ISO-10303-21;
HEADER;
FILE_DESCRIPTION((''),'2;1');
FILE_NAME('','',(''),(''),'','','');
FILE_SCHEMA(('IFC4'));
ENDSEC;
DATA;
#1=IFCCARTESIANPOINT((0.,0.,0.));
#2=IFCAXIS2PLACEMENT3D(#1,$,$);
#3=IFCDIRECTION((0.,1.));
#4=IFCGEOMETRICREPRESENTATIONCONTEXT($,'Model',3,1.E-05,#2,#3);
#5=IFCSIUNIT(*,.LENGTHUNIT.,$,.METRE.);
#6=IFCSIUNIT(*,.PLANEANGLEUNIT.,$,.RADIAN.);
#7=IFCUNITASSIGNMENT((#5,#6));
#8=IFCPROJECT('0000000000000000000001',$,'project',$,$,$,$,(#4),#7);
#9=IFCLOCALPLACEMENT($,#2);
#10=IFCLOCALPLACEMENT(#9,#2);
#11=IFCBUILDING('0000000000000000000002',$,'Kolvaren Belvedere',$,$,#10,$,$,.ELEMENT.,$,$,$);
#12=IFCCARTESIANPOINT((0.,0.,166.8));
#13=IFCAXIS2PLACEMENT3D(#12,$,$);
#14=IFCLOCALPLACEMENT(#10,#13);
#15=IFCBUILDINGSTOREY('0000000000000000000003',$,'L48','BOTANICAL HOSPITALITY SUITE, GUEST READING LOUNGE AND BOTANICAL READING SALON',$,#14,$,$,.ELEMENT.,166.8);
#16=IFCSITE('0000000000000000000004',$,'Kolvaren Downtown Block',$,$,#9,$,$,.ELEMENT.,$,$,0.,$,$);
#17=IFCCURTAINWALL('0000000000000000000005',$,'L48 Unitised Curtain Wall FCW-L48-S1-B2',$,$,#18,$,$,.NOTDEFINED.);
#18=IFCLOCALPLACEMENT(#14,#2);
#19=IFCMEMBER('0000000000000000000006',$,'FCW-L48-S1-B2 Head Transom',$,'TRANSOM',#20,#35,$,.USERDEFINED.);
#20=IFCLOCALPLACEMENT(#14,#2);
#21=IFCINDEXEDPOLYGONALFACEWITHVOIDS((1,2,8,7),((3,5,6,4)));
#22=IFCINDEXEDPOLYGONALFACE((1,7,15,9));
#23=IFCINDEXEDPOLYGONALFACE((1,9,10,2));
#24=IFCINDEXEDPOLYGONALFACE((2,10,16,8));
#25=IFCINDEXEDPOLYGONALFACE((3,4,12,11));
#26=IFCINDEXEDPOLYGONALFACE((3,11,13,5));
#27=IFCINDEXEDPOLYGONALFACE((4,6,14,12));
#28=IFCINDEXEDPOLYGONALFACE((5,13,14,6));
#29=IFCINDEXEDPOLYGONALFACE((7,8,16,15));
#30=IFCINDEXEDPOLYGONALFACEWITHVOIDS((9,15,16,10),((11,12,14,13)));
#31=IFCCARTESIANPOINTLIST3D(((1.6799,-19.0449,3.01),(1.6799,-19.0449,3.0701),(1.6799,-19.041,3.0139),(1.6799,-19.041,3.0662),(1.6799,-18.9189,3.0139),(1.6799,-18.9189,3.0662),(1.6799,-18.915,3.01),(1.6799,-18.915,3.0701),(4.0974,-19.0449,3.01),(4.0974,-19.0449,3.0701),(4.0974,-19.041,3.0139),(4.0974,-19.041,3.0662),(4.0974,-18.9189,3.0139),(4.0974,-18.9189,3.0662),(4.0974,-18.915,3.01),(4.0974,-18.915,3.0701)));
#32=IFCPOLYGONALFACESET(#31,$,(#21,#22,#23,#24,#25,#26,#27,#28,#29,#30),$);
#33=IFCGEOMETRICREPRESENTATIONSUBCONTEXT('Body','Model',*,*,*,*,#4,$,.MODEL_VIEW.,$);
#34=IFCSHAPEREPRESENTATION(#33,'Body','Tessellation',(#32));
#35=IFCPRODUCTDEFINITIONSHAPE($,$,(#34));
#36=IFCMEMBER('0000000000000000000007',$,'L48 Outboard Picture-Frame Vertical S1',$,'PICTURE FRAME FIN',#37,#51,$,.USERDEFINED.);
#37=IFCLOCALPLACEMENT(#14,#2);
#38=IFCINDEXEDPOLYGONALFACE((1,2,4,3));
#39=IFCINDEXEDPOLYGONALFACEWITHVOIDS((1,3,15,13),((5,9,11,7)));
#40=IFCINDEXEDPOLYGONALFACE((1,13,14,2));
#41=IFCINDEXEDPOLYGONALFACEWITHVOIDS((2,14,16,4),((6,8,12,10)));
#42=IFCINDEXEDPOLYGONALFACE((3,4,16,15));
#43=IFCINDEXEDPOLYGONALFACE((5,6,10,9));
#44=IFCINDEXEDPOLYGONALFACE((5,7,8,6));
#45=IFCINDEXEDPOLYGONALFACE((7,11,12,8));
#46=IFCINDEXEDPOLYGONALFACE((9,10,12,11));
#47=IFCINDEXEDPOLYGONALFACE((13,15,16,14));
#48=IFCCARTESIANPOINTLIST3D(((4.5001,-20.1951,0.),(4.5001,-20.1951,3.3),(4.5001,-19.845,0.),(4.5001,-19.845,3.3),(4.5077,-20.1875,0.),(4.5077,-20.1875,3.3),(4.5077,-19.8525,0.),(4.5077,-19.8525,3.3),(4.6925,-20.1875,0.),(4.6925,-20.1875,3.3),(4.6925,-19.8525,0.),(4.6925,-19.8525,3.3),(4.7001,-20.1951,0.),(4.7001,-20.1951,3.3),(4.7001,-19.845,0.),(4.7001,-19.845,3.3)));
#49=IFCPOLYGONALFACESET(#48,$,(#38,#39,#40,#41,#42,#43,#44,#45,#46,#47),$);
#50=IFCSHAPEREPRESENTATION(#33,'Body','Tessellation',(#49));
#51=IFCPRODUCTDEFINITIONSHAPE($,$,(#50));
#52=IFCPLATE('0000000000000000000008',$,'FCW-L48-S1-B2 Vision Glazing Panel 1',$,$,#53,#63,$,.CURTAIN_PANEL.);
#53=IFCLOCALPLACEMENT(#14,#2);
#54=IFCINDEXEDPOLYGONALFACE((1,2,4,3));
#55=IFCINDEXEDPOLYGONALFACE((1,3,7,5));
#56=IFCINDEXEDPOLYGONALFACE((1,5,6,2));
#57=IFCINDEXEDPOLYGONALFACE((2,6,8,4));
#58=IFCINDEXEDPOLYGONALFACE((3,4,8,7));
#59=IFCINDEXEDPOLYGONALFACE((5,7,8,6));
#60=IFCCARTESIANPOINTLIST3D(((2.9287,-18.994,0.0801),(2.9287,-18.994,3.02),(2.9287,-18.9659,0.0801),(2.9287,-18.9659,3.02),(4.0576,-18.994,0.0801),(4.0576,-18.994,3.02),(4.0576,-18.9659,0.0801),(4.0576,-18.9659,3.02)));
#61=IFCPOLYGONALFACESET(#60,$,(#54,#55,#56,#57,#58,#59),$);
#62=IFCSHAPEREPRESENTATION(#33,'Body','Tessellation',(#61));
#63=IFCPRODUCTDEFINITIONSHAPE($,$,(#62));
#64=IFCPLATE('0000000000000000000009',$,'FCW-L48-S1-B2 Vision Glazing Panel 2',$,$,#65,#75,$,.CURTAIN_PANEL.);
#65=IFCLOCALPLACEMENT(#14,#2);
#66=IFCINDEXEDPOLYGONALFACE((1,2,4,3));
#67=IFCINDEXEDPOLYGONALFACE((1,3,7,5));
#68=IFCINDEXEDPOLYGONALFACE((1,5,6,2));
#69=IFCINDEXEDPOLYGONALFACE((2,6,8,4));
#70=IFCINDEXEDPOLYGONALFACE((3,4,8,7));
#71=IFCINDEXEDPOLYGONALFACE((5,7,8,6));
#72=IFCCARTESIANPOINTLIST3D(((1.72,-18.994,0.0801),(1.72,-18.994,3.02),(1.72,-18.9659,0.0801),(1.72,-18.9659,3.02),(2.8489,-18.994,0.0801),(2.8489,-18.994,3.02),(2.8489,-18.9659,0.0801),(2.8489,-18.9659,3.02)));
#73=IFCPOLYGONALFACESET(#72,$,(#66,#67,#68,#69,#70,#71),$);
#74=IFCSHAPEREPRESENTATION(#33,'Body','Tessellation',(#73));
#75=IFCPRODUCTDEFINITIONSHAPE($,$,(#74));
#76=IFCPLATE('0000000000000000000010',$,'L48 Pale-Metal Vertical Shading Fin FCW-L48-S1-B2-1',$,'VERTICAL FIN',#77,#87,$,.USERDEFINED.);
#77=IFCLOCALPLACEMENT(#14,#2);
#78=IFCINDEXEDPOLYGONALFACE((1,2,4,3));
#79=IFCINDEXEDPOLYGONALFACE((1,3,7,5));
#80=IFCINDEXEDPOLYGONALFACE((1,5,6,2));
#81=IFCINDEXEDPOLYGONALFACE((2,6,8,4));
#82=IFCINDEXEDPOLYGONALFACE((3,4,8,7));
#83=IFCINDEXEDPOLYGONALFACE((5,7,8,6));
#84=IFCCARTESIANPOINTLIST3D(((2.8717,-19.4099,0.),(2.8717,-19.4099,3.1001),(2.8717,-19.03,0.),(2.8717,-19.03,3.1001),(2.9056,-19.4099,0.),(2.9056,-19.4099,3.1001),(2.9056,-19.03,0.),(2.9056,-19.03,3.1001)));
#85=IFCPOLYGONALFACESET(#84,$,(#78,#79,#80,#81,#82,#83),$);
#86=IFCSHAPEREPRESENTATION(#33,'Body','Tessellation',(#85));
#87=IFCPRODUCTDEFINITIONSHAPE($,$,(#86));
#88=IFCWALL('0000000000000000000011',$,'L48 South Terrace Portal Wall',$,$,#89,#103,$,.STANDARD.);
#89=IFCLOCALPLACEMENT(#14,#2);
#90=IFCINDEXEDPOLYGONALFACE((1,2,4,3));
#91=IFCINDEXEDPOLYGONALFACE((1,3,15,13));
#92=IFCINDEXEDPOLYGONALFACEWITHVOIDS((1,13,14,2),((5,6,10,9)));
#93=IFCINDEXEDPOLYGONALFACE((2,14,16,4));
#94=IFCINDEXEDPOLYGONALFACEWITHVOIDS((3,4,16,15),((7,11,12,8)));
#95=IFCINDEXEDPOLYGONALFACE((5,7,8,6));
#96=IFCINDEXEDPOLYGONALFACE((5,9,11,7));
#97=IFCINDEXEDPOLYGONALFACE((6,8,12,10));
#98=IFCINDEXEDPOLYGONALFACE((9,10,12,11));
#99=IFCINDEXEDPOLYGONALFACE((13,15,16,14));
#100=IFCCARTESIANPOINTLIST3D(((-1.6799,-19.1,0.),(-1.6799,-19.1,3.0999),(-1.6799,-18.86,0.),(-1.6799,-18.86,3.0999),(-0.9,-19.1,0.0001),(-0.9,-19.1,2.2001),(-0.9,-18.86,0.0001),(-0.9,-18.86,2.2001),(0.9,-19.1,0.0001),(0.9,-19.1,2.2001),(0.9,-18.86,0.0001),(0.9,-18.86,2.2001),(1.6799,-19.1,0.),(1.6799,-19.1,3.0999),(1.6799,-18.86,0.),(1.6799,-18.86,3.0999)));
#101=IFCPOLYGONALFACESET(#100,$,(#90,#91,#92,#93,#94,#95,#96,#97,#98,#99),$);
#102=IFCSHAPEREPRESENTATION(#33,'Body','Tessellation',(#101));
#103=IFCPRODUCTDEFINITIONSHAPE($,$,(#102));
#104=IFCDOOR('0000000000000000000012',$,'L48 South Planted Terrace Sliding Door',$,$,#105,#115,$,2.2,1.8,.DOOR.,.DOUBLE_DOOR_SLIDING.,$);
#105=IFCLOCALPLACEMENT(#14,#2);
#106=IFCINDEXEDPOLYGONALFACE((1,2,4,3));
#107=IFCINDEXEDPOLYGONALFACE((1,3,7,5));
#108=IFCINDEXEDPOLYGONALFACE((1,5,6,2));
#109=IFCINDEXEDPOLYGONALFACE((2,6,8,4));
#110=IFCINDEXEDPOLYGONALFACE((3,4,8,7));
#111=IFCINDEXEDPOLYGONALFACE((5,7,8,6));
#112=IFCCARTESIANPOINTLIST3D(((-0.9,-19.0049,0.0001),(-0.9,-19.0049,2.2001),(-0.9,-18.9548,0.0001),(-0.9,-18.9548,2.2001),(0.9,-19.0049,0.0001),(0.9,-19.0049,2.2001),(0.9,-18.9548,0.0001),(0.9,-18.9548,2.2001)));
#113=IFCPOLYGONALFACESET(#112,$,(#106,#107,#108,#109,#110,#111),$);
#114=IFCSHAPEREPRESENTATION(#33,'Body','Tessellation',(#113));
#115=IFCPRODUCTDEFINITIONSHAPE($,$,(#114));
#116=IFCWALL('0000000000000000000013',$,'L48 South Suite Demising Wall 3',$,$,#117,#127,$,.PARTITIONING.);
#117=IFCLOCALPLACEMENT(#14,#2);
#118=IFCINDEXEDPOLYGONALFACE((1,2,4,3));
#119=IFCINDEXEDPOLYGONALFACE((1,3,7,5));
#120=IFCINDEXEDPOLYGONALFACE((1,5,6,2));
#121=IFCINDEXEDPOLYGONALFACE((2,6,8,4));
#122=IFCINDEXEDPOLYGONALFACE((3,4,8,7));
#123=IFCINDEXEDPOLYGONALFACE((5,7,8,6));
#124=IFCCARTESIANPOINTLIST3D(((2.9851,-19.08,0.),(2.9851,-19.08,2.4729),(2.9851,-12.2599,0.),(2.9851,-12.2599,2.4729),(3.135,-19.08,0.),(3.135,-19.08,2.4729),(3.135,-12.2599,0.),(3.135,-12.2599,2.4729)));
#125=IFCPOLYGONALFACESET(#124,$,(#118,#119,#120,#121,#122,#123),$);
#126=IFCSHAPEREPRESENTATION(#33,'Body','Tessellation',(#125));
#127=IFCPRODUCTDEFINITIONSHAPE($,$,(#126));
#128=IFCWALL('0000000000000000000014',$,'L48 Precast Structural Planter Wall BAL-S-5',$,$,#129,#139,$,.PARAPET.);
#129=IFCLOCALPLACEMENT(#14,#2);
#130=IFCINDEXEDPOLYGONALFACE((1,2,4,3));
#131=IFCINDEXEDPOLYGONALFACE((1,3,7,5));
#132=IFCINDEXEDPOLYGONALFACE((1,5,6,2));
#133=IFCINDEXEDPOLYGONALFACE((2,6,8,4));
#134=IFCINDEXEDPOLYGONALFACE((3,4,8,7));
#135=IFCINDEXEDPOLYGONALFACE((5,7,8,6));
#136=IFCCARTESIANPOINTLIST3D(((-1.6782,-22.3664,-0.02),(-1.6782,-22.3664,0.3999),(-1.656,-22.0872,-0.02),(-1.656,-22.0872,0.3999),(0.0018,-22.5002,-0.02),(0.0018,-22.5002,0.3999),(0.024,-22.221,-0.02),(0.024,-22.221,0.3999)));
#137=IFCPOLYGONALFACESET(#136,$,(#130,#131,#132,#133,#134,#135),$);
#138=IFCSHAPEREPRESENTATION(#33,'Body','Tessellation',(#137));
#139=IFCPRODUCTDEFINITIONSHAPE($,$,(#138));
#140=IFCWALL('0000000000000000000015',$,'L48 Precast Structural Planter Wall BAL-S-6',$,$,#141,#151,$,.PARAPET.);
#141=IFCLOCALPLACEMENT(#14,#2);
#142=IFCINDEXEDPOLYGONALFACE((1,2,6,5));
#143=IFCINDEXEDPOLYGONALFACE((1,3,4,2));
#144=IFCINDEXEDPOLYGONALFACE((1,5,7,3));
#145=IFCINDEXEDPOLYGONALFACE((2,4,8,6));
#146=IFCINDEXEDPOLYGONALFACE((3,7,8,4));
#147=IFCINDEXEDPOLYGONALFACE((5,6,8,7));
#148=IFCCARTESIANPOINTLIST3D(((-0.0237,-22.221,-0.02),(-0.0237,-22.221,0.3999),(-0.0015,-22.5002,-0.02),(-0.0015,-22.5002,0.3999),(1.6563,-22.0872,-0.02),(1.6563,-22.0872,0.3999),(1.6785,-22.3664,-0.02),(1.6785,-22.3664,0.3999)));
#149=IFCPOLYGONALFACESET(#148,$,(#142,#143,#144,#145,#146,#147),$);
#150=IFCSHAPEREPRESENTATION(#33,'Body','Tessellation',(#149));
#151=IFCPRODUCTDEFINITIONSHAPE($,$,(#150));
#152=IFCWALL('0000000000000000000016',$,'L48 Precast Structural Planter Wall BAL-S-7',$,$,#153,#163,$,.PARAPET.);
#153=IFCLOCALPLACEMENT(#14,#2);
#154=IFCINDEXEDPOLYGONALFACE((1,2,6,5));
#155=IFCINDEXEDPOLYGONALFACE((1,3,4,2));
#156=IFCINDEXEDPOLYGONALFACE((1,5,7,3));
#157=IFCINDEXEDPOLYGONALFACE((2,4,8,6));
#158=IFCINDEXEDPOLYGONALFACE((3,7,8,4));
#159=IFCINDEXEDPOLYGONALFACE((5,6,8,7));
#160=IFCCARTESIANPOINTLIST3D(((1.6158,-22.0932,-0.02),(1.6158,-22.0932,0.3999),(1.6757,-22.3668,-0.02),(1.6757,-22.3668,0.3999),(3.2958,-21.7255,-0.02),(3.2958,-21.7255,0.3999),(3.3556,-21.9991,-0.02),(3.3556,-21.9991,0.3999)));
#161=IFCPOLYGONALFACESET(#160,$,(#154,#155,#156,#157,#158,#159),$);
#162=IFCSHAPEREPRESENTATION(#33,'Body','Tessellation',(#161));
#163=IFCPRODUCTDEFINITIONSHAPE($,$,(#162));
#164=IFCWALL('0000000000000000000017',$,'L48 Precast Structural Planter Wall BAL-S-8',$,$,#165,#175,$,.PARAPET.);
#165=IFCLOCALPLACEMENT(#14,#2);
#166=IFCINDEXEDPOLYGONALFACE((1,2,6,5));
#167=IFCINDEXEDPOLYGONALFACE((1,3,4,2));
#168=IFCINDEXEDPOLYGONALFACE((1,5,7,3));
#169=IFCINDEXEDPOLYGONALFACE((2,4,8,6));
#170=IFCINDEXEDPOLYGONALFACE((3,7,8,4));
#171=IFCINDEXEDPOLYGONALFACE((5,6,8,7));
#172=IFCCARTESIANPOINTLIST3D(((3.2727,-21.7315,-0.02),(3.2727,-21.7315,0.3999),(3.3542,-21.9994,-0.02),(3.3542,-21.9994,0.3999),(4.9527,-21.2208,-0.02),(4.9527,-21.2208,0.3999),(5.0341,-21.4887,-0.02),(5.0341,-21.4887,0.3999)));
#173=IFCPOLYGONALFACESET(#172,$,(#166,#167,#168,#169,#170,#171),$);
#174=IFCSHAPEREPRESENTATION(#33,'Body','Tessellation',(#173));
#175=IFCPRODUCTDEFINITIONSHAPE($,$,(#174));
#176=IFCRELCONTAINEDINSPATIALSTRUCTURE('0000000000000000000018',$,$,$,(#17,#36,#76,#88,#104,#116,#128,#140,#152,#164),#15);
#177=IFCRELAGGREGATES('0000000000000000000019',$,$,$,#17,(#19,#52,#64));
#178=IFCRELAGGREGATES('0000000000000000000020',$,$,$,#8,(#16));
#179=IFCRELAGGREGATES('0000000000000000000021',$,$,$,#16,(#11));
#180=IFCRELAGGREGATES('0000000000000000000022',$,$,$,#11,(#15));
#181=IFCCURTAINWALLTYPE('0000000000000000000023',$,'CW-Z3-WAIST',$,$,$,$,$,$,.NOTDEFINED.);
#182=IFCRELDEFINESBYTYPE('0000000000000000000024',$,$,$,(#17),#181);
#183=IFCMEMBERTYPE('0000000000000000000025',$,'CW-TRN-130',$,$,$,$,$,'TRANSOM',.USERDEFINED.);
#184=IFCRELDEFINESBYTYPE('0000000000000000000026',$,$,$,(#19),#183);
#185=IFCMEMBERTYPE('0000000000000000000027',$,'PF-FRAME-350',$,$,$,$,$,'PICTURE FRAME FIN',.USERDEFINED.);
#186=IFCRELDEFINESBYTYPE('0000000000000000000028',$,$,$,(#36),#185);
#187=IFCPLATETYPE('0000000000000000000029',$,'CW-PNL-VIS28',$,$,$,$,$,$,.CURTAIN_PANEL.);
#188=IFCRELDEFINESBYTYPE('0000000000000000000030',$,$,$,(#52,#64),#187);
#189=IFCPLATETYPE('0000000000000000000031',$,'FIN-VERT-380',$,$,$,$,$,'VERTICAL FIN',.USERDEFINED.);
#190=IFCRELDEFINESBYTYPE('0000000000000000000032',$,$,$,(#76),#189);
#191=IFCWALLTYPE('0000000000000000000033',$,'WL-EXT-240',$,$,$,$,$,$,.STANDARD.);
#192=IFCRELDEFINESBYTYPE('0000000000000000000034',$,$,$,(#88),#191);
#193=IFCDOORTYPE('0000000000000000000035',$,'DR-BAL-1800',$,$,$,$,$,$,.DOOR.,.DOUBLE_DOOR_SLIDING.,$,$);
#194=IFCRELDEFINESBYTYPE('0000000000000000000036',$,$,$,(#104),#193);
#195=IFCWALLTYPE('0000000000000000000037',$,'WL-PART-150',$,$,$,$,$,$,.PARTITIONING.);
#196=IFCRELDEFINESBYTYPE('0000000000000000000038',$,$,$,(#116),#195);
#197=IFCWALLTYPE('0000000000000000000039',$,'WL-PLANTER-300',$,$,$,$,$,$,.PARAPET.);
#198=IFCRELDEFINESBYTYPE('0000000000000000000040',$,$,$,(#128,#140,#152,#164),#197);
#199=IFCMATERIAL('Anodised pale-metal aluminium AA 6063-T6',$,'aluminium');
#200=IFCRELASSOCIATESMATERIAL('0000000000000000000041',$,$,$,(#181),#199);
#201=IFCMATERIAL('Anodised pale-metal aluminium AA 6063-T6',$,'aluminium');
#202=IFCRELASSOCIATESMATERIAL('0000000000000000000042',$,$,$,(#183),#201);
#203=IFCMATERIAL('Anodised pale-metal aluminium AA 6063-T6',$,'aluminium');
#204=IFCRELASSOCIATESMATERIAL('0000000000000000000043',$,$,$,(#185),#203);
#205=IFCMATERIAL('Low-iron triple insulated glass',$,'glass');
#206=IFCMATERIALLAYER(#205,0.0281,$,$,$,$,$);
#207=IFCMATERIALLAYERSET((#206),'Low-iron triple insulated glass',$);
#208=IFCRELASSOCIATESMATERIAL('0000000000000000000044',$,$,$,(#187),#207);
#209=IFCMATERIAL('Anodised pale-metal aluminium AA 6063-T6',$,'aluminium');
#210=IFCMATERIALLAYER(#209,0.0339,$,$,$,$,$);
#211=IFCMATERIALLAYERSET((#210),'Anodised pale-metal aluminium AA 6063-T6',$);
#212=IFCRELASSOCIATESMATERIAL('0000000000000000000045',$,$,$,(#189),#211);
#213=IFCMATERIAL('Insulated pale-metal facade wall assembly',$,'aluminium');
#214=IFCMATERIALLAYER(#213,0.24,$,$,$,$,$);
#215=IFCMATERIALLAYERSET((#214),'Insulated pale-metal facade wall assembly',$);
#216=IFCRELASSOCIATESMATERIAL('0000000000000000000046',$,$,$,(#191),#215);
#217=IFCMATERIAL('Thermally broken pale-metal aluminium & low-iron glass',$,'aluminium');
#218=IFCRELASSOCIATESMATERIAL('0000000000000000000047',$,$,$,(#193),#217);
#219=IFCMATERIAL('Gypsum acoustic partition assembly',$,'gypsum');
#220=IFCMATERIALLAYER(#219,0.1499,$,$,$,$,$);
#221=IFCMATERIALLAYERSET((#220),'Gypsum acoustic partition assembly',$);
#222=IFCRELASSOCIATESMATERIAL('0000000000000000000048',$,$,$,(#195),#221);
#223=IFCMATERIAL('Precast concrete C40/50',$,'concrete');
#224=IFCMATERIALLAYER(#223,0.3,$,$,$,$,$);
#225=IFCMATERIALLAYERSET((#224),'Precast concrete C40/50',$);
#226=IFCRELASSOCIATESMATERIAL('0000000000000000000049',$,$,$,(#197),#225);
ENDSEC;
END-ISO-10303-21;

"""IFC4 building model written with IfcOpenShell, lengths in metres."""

from ifc_helpers import new_model, si_unit, direction, frame, frame_2d, origin, origin_2d, place, context, subcontext, project, spatial, rectangle, hollow_rectangle, extrude, material, layer, layer_set, material_profile, profile_set, type_object, element, fill, aggregate, save


model = new_model("IFC4")

# Units and contexts
model_context = context("Model", 3, precision=1e-05, world=origin(), true_north=direction((0.0, 1.0)))
body_context = subcontext(model_context, "Body", "Model", "MODEL_VIEW")
ifc_project = project(units=[si_unit("LENGTHUNIT", "METRE"), si_unit("PLANEANGLEUNIT", "RADIAN")], contexts=[model_context])

# Site, building, storey
site_placement = place(None, origin())
site = spatial("IfcSite", under=ifc_project, at=site_placement, Name="Kolvaren Downtown Block", CompositionType="ELEMENT", RefElevation=0.0)
building_placement = place(site_placement, origin())
building = spatial("IfcBuilding", under=site, at=building_placement, Name="Kolvaren Belvedere", CompositionType="ELEMENT")
storey_placement = place(building_placement, frame((0.0, 0.0, 166.8)))
storey = spatial("IfcBuildingStorey", under=building, at=storey_placement, Name="L48", Description="BOTANICAL HOSPITALITY SUITE, GUEST READING LOUNGE AND BOTANICAL READING SALON", CompositionType="ELEMENT", Elevation=166.8)

# Curtain wall, member
ifc_material_1 = material(Name="Anodised pale-metal aluminium AA 6063-T6", Category="aluminium")
curtain_wall_type = type_object("IfcCurtainWallType", Name="CW-Z3-WAIST", PredefinedType="NOTDEFINED", material=ifc_material_1)
curtain_wall_placement = place(storey_placement, origin())
curtain_wall = element("IfcCurtainWall", 1, at=curtain_wall_placement, inside=storey, type_object=curtain_wall_type, Name="L48 Unitised Curtain Wall FCW-L48-S1-B2", PredefinedType="NOTDEFINED")
ifc_material_2 = material(Name="Anodised pale-metal aluminium AA 6063-T6", Category="aluminium")
ifc_material_profile_1 = material_profile(ifc_material_2, hollow_rectangle(XDim=0.0601, YDim=0.1299, WallThickness=0.0039, at=origin_2d()), Name="ALU-TRN-130X60")
ifc_profile_set_1 = profile_set([ifc_material_profile_1], Name="Anodised pale-metal aluminium AA 6063-T6")
member_type_1 = type_object("IfcMemberType", Name="CW-TRN-130", ElementType="TRANSOM", PredefinedType="USERDEFINED", material=ifc_profile_set_1)
member_1_placement = place(storey_placement, frame((4.0974, -18.98, 3.04), z_axis=(-1.0, 0.0, 0.0), x_axis=(0.0, 0.0, 1.0)))
member_1 = element("IfcMember", 2, at=member_1_placement, type_object=member_type_1, Name="FCW-L48-S1-B2 Head Transom", ObjectType="TRANSOM", PredefinedType="USERDEFINED", context=body_context, shape_type="SweptSolid", body=[
    extrude(hollow_rectangle(XDim=0.0601, YDim=0.1299, WallThickness=0.0039, at=origin_2d()), origin(), (0.0, 0.0, 1.0), 2.4175),
])

# Member
ifc_material_3 = material(Name="Anodised pale-metal aluminium AA 6063-T6", Category="aluminium")
ifc_material_profile_2 = material_profile(ifc_material_3, hollow_rectangle(XDim=0.2, YDim=0.3501, WallThickness=0.0076, at=origin_2d()), Name="ALU-PF-350X200")
ifc_profile_set_2 = profile_set([ifc_material_profile_2], Name="Anodised pale-metal aluminium AA 6063-T6")
member_type_2 = type_object("IfcMemberType", Name="PF-FRAME-350", ElementType="PICTURE FRAME FIN", PredefinedType="USERDEFINED", material=ifc_profile_set_2)
member_2_placement = place(storey_placement, frame((4.6001, -20.02, 0.0), z_axis=(0.0, 0.0, 1.0), x_axis=(1.0, 0.0, 0.0)))
element("IfcMember", 3, at=member_2_placement, inside=storey, type_object=member_type_2, Name="L48 Outboard Picture-Frame Vertical S1", ObjectType="PICTURE FRAME FIN", PredefinedType="USERDEFINED", context=body_context, shape_type="SweptSolid", body=[
    extrude(hollow_rectangle(XDim=0.2, YDim=0.3501, WallThickness=0.0076, at=origin_2d()), origin(), (0.0, 0.0, 1.0), 3.3),
])

# Plates
ifc_material_4 = material(Name="Low-iron triple insulated glass", Category="glass")
ifc_layer_1 = layer(ifc_material_4, 0.0281)
ifc_layer_set_1 = layer_set([ifc_layer_1], Name="Low-iron triple insulated glass")
plate_type_1 = type_object("IfcPlateType", Name="CW-PNL-VIS28", PredefinedType="CURTAIN_PANEL", material=ifc_layer_set_1)
plate_1_placement = place(storey_placement, frame((3.4932, -18.98, 0.0801), z_axis=(0.0, 0.0, 1.0), x_axis=(-1.0, 0.0, 0.0)))
plate_1 = element("IfcPlate", 4, at=plate_1_placement, type_object=plate_type_1, Name="FCW-L48-S1-B2 Vision Glazing Panel 1", PredefinedType="CURTAIN_PANEL", context=body_context, shape_type="SweptSolid", body=[
    extrude(rectangle(XDim=1.1289, YDim=0.0281, at=origin_2d()), origin(), (0.0, 0.0, 1.0), 2.9399),
])
plate_2_placement = place(storey_placement, frame((2.2844, -18.98, 0.0801), z_axis=(0.0, 0.0, 1.0), x_axis=(-1.0, 0.0, 0.0)))
plate_2 = element("IfcPlate", 5, at=plate_2_placement, type_object=plate_type_1, Name="FCW-L48-S1-B2 Vision Glazing Panel 2", PredefinedType="CURTAIN_PANEL", context=body_context, shape_type="SweptSolid", body=[
    extrude(rectangle(XDim=1.1289, YDim=0.0281, at=origin_2d()), origin(), (0.0, 0.0, 1.0), 2.9399),
])
aggregate(curtain_wall, [member_1, plate_1, plate_2])
ifc_material_5 = material(Name="Anodised pale-metal aluminium AA 6063-T6", Category="aluminium")
ifc_layer_2 = layer(ifc_material_5, 0.0339)
ifc_layer_set_2 = layer_set([ifc_layer_2], Name="Anodised pale-metal aluminium AA 6063-T6")
plate_type_2 = type_object("IfcPlateType", Name="FIN-VERT-380", ElementType="VERTICAL FIN", PredefinedType="USERDEFINED", material=ifc_layer_set_2)
plate_3_placement = place(storey_placement, frame((2.8887, -19.22, 0.0), z_axis=(0.0, 0.0, 1.0), x_axis=(0.0, 1.0, 0.0)))
element("IfcPlate", 6, at=plate_3_placement, inside=storey, type_object=plate_type_2, Name="L48 Pale-Metal Vertical Shading Fin FCW-L48-S1-B2-1", ObjectType="VERTICAL FIN", PredefinedType="USERDEFINED", context=body_context, shape_type="SweptSolid", body=[
    extrude(rectangle(XDim=0.3799, YDim=0.0339, at=origin_2d()), origin(), (0.0, 0.0, 1.0), 3.1001),
])

# Wall, opening, door
ifc_material_6 = material(Name="Insulated pale-metal facade wall assembly", Category="aluminium")
ifc_layer_3 = layer(ifc_material_6, 0.24)
ifc_layer_set_3 = layer_set([ifc_layer_3], Name="Insulated pale-metal facade wall assembly")
wall_type_1 = type_object("IfcWallType", Name="WL-EXT-240", PredefinedType="STANDARD", material=ifc_layer_set_3)
wall_1_placement = place(storey_placement, frame((1.6799, -18.98, 0.0), z_axis=(0.0, 0.0, 1.0), x_axis=(-1.0, 0.0, 0.0)))
wall_1 = element("IfcWall", 7, at=wall_1_placement, inside=storey, type_object=wall_type_1, Name="L48 South Terrace Portal Wall", PredefinedType="STANDARD", context=body_context, shape_type="SweptSolid", body=[
    extrude(rectangle(XDim=3.3599, YDim=0.24, at=frame_2d((1.6799, 0.0))), origin(), (0.0, 0.0, 1.0), 3.0999),
])
opening_placement = place(wall_1_placement, frame((0.78, 0.0, 0.0)))
opening = element("IfcOpeningElement", 8, at=opening_placement, cuts=wall_1, PredefinedType="OPENING", context=body_context, shape_type="SweptSolid", body=[
    extrude(rectangle(XDim=1.8, YDim=2.2, at=frame_2d((0.8999, 1.1001))), frame((0.0, 0.1299, 0.0), z_axis=(0.0, -1.0, 0.0), x_axis=(1.0, 0.0, 0.0)), (0.0, 0.0, 1.0), 0.26),
])
ifc_material_7 = material(Name="Thermally broken pale-metal aluminium & low-iron glass", Category="aluminium")
door_type = type_object("IfcDoorType", Name="DR-BAL-1800", OperationType="DOUBLE_DOOR_SLIDING", PredefinedType="DOOR", material=ifc_material_7)
door_placement = place(opening_placement, origin())
door = element("IfcDoor", 9, at=door_placement, inside=storey, type_object=door_type, Name="L48 South Planted Terrace Sliding Door", OperationType="DOUBLE_DOOR_SLIDING", OverallHeight=2.2, OverallWidth=1.8, PredefinedType="DOOR", context=body_context, shape_type="SweptSolid", body=[
    extrude(rectangle(XDim=1.8, YDim=2.2, at=frame_2d((0.8999, 1.1001))), frame((0.0, 0.0249, 0.0), z_axis=(0.0, -1.0, 0.0), x_axis=(1.0, 0.0, 0.0)), (0.0, 0.0, 1.0), 0.05),
])
fill(opening, door)

# Walls
ifc_material_8 = material(Name="Gypsum acoustic partition assembly", Category="gypsum")
ifc_layer_4 = layer(ifc_material_8, 0.1499)
ifc_layer_set_4 = layer_set([ifc_layer_4], Name="Gypsum acoustic partition assembly")
wall_type_2 = type_object("IfcWallType", Name="WL-PART-150", PredefinedType="PARTITIONING", material=ifc_layer_set_4)
wall_2_placement = place(storey_placement, frame((3.0601, -19.0801, 0.0), z_axis=(0.0, 0.0, 1.0), x_axis=(0.0, 1.0, 0.0)))
element("IfcWall", 10, at=wall_2_placement, inside=storey, type_object=wall_type_2, Name="L48 South Suite Demising Wall 3", PredefinedType="PARTITIONING", context=body_context, shape_type="SweptSolid", body=[
    extrude(rectangle(XDim=6.8201, YDim=0.1499, at=frame_2d((3.4102, 0.0))), origin(), (0.0, 0.0, 1.0), 2.4729),
])
ifc_material_9 = material(Name="Precast concrete C40/50", Category="concrete")
ifc_layer_5 = layer(ifc_material_9, 0.3)
ifc_layer_set_5 = layer_set([ifc_layer_5], Name="Precast concrete C40/50")
wall_type_3 = type_object("IfcWallType", Name="WL-PLANTER-300", PredefinedType="PARAPET", material=ifc_layer_set_5)
for number, where, z_axis, x_axis, name in (
    (11, (-1.6672, -22.2268, -0.02), (0.0, 0.0, 1.0), (0.996844, -0.079388, 0.0), "L48 Precast Structural Planter Wall BAL-S-5"),
    (12, (-0.0127, -22.3606, -0.02), (0.0, 0.0, 1.0), (0.996844, 0.079388, 0.0), "L48 Precast Structural Planter Wall BAL-S-6"),
):
    element("IfcWall", number, at=place(storey_placement, frame(where, z_axis=z_axis, x_axis=x_axis)), inside=storey, type_object=wall_type_3, Name=name, PredefinedType="PARAPET", context=body_context, shape_type="SweptSolid", body=[
        extrude(rectangle(XDim=1.6853, YDim=0.28, at=frame_2d((0.8428, 0.0))), origin(), (0.0, 0.0, 1.0), 0.4199),
    ])
wall_3_placement = place(storey_placement, frame((1.6458, -22.23, -0.02), z_axis=(0.0, 0.0, 1.0), x_axis=(0.976877, 0.213803, 0.0)))
element("IfcWall", 13, at=wall_3_placement, inside=storey, type_object=wall_type_3, Name="L48 Precast Structural Planter Wall BAL-S-7", PredefinedType="PARAPET", context=body_context, shape_type="SweptSolid", body=[
    extrude(rectangle(XDim=1.7197, YDim=0.28, at=frame_2d((0.8599, 0.0))), origin(), (0.0, 0.0, 1.0), 0.4199),
])
wall_4_placement = place(storey_placement, frame((3.3135, -21.8655, -0.02), z_axis=(0.0, 0.0, 1.0), x_axis=(0.95676, 0.290879, 0.0)))
element("IfcWall", 14, at=wall_4_placement, inside=storey, type_object=wall_type_3, Name="L48 Precast Structural Planter Wall BAL-S-8", PredefinedType="PARAPET", context=body_context, shape_type="SweptSolid", body=[
    extrude(rectangle(XDim=1.7559, YDim=0.28, at=frame_2d((0.8779, 0.0))), origin(), (0.0, 0.0, 1.0), 0.4199),
])

save(model, "model.ifc")
